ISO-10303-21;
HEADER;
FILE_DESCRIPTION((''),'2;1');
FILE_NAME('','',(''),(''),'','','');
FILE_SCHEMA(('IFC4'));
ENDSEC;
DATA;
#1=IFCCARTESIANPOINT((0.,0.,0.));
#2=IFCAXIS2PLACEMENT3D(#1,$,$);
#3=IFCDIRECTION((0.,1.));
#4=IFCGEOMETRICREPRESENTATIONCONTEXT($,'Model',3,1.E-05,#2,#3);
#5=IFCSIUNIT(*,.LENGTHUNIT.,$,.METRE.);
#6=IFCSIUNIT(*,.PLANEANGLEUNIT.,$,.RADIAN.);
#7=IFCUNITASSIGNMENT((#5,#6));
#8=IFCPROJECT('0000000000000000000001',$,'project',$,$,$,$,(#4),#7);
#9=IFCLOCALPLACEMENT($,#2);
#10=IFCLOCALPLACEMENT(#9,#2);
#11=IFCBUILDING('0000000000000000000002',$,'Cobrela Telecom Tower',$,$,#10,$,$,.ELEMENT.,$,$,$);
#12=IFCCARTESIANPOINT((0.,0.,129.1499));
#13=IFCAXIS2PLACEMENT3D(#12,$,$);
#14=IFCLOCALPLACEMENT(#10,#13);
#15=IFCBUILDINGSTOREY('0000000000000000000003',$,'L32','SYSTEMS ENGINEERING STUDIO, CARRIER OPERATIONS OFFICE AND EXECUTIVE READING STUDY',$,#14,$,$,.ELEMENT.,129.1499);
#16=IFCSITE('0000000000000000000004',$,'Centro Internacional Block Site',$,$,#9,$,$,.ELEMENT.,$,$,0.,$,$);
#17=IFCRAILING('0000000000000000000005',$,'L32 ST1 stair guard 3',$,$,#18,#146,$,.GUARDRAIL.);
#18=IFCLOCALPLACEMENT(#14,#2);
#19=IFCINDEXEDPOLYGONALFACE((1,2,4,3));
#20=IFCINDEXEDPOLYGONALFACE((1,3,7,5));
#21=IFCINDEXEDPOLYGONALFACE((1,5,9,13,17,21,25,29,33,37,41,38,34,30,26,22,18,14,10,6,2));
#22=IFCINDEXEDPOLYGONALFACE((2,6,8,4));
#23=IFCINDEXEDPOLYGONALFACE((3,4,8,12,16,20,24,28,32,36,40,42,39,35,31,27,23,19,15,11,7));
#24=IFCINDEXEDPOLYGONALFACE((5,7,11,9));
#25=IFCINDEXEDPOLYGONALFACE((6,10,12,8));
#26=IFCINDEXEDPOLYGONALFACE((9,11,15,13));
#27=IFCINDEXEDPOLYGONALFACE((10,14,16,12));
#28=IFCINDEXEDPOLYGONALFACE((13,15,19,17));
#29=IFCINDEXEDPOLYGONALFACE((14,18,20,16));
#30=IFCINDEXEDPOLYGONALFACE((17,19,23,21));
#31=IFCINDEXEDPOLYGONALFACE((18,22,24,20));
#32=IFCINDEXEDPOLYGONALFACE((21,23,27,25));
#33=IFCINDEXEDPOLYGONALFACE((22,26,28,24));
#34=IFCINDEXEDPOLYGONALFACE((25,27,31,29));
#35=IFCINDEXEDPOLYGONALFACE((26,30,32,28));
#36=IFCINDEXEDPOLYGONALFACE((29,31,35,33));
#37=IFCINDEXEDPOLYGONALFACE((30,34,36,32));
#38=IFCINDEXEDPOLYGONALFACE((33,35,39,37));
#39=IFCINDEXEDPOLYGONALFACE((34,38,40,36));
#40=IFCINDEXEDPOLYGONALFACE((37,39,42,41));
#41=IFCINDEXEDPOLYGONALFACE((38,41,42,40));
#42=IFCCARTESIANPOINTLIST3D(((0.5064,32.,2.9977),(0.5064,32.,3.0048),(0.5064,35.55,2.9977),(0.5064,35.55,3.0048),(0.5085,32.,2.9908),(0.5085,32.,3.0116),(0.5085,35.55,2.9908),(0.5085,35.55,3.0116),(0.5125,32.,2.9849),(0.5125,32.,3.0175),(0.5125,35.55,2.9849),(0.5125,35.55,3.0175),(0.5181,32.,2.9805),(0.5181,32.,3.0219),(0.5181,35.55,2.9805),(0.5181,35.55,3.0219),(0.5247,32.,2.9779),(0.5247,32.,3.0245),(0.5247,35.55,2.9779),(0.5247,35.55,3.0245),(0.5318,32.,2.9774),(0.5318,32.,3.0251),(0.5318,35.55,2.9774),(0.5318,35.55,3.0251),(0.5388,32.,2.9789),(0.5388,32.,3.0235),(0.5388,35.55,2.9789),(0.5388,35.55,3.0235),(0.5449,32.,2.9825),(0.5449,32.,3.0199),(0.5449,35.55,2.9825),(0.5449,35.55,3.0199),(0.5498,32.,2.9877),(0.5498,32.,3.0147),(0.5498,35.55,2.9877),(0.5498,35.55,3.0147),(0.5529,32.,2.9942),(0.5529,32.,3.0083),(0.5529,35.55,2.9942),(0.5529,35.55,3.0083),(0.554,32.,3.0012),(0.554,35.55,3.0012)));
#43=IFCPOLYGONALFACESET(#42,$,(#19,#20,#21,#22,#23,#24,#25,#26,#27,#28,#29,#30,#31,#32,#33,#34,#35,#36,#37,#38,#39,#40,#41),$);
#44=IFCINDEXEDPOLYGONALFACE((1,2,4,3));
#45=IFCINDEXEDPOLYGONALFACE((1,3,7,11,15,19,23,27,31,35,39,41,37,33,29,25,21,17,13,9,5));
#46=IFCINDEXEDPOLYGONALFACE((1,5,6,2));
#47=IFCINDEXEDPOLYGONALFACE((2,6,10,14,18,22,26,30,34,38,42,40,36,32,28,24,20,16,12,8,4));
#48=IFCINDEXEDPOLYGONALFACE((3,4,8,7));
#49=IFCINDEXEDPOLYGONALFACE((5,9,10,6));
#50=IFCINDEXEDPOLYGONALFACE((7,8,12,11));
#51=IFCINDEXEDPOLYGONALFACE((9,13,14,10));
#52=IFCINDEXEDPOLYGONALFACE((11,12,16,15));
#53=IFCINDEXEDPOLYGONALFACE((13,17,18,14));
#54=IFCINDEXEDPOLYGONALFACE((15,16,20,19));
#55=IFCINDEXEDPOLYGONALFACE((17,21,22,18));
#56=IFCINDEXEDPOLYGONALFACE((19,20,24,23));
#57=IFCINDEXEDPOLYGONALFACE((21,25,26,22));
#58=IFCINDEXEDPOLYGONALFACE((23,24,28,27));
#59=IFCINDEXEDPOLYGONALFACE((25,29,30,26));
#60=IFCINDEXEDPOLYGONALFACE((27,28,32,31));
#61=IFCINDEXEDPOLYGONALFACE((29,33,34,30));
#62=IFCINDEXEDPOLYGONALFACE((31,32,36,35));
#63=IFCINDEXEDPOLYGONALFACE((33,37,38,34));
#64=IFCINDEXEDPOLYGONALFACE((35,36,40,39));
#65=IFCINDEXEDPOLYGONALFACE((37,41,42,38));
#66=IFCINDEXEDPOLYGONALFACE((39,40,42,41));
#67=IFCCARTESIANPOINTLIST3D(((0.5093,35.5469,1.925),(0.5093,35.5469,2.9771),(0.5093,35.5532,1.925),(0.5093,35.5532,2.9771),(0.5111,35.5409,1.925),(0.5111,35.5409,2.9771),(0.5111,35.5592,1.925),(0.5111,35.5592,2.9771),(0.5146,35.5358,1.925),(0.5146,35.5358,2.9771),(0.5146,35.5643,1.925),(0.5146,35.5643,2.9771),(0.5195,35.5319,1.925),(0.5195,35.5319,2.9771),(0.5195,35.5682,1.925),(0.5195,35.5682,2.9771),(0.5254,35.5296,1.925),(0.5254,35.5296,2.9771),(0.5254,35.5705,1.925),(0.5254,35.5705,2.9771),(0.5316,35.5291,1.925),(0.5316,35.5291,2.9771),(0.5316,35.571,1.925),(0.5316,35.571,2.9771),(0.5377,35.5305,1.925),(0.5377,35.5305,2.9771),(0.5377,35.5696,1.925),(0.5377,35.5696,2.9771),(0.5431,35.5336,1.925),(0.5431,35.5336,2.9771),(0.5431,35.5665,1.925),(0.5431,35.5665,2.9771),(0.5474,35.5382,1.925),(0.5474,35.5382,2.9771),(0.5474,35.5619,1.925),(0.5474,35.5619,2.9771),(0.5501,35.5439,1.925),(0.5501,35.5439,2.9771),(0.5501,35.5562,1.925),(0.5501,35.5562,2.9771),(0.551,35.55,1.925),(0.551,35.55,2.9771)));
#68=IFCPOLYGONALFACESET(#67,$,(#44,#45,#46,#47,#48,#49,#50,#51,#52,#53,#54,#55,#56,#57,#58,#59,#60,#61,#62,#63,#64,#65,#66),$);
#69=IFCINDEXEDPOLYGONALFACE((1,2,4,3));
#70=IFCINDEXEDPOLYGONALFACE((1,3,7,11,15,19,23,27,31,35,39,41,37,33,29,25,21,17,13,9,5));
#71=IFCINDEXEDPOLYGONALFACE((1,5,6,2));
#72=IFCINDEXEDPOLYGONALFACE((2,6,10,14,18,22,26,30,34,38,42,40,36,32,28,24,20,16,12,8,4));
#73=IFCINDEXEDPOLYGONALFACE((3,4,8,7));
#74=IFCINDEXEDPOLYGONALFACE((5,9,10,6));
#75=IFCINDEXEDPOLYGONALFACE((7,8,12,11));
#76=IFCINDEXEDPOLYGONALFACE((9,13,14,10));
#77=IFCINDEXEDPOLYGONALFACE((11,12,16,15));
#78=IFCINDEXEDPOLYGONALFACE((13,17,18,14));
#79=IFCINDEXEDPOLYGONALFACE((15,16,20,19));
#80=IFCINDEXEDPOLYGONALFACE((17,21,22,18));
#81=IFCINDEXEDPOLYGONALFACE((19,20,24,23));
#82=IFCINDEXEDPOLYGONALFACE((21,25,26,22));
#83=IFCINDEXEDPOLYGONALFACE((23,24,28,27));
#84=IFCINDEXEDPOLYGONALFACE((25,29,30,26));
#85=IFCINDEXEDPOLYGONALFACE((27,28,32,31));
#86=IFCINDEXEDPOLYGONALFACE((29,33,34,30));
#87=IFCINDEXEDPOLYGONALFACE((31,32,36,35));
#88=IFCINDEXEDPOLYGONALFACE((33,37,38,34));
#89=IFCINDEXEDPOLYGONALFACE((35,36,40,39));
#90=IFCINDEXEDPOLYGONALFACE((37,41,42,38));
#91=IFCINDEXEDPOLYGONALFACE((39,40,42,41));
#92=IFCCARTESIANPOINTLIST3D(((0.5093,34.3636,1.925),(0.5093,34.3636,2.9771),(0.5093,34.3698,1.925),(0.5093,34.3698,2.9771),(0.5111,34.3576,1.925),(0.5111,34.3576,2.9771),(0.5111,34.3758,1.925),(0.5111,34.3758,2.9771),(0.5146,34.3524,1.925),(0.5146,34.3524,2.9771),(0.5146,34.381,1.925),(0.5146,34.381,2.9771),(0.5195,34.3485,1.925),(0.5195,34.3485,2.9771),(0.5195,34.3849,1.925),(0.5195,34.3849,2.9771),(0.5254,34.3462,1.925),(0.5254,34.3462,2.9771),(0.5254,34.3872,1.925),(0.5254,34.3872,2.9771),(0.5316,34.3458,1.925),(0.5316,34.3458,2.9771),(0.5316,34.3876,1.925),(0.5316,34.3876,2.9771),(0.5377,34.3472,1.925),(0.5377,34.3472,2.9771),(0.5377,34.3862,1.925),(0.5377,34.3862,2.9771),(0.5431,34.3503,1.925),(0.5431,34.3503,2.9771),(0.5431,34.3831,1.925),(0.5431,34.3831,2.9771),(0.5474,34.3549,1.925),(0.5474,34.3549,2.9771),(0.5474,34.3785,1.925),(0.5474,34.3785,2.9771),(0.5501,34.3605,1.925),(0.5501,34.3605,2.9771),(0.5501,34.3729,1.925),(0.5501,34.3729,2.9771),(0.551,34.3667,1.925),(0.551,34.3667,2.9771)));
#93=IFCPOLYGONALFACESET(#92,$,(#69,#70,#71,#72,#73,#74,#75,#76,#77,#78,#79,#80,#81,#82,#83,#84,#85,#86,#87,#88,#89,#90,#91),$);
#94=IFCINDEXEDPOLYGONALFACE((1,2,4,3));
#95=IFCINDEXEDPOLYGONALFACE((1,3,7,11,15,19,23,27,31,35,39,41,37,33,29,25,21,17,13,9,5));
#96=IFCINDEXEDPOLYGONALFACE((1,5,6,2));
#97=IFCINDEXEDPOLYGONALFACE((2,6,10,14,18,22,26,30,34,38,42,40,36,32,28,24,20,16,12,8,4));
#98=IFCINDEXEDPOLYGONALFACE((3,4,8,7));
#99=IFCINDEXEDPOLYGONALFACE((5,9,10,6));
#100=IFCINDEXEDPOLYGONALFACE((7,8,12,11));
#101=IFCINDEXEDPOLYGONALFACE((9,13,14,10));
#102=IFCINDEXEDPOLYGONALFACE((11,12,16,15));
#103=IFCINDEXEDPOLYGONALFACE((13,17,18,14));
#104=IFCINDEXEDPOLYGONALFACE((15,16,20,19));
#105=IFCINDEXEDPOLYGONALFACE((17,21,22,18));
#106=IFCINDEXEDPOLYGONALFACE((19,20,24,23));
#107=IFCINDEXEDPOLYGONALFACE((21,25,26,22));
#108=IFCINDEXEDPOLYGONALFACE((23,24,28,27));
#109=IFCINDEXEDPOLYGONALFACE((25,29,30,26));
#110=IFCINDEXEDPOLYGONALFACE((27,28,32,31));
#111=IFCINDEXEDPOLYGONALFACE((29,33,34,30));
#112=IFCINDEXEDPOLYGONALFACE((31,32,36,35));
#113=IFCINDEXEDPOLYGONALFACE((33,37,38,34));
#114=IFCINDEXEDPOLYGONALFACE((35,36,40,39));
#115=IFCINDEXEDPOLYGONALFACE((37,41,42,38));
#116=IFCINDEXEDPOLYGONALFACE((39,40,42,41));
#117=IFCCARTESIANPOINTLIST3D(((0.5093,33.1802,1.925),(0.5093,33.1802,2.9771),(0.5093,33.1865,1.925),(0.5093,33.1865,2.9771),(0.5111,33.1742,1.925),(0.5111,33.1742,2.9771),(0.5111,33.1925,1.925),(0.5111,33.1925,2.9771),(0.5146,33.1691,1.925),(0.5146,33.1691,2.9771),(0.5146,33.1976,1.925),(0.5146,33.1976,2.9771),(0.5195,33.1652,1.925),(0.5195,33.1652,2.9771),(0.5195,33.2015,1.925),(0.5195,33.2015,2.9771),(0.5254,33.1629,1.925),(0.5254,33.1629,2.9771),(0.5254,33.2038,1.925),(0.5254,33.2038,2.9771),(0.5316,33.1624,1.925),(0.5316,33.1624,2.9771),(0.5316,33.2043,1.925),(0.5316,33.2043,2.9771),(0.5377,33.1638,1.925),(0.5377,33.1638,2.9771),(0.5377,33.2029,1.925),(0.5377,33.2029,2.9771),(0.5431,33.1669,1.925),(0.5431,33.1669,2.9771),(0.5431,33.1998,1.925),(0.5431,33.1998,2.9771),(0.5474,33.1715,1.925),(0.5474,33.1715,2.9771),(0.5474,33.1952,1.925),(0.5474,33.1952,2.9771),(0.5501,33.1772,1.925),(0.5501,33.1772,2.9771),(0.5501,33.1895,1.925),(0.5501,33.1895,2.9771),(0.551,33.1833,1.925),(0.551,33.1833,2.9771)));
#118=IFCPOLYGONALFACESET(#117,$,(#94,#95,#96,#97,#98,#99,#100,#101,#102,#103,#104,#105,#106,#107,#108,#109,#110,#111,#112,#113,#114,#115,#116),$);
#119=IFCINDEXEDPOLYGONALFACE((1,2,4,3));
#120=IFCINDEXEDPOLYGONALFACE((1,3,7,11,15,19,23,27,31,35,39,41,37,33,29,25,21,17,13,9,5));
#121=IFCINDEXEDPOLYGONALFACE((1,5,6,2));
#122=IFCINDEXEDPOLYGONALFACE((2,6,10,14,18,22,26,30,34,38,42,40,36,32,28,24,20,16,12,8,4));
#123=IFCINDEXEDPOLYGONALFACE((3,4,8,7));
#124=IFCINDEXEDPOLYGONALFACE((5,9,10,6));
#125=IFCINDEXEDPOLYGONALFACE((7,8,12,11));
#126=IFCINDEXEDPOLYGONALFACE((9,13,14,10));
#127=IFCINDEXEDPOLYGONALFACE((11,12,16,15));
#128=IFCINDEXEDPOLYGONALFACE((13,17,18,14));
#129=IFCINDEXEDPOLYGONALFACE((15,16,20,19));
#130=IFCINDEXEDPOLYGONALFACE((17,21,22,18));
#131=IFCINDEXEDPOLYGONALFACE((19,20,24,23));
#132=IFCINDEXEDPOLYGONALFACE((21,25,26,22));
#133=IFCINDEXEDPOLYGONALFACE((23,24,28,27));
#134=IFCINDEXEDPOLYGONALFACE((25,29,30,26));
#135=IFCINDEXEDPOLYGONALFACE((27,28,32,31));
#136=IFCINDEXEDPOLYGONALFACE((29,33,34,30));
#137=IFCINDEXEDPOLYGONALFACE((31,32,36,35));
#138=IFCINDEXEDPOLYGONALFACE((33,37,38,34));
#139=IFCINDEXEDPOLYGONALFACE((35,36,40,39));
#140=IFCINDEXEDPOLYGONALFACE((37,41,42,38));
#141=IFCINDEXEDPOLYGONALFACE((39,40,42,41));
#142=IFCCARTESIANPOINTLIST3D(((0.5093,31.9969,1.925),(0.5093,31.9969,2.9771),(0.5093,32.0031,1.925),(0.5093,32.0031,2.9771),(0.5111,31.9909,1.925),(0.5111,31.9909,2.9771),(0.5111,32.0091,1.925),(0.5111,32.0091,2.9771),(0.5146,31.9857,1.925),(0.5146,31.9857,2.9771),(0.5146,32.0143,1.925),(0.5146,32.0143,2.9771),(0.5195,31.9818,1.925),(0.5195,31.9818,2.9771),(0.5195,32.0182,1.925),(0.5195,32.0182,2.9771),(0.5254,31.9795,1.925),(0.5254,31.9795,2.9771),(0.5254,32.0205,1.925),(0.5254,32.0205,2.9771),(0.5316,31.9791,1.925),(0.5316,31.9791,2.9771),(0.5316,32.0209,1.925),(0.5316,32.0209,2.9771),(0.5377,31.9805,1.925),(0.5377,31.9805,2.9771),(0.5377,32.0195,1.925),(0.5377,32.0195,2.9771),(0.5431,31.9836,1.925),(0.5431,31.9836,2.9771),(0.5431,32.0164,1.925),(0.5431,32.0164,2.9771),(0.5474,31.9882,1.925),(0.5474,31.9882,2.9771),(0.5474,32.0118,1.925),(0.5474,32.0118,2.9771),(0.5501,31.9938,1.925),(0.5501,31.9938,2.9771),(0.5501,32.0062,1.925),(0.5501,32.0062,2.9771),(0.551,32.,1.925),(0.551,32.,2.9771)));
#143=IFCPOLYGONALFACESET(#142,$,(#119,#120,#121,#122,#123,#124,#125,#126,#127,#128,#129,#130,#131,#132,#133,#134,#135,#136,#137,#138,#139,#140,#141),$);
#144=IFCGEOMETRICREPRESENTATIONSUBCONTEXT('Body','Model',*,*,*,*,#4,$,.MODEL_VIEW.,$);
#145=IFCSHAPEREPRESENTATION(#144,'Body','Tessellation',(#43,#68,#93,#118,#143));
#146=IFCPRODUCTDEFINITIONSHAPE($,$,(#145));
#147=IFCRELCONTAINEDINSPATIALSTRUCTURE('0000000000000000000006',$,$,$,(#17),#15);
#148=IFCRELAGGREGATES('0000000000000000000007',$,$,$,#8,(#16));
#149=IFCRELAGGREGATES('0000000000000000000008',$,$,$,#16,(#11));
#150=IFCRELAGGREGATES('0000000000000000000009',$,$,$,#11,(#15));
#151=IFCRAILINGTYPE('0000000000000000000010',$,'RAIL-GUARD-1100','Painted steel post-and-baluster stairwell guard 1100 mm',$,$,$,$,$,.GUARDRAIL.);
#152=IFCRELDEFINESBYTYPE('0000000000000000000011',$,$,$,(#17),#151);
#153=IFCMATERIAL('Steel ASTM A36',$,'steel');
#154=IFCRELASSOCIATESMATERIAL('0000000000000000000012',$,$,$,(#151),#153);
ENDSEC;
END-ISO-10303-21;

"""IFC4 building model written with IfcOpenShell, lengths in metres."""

from ifc_helpers import new_model, si_unit, direction, frame, origin, origin_2d, place, context, subcontext, project, spatial, circle, extrude, material, type_object, element, save


model = new_model("IFC4")

# Units and contexts
model_context = context("Model", 3, precision=1e-05, world=origin(), true_north=direction((0.0, 1.0)))
body_context = subcontext(model_context, "Body", "Model", "MODEL_VIEW")
ifc_project = project(units=[si_unit("LENGTHUNIT", "METRE"), si_unit("PLANEANGLEUNIT", "RADIAN")], contexts=[model_context])

# Site, building, storey
site_placement = place(None, origin())
site = spatial("IfcSite", under=ifc_project, at=site_placement, Name="Centro Internacional Block Site", CompositionType="ELEMENT", RefElevation=0.0)
building_placement = place(site_placement, origin())
building = spatial("IfcBuilding", under=site, at=building_placement, Name="Cobrela Telecom Tower", CompositionType="ELEMENT")
storey_placement = place(building_placement, frame((0.0, 0.0, 129.1499)))
storey = spatial("IfcBuildingStorey", under=building, at=storey_placement, Name="L32", Description="SYSTEMS ENGINEERING STUDIO, CARRIER OPERATIONS OFFICE AND EXECUTIVE READING STUDY", CompositionType="ELEMENT", Elevation=129.1499)

# Shared definitions
ifc_material_1 = material(Name="Steel ASTM A36", Category="steel")

# Railing
railing_type_1 = type_object("IfcRailingType", Name="RAIL-GUARD-1100", Description="Painted steel post-and-baluster stairwell guard 1100 mm", PredefinedType="GUARDRAIL", material=ifc_material_1)
railing_1_placement = place(storey_placement, frame((0.53, 35.55, 1.925)))
element("IfcRailing", 1, at=railing_1_placement, inside=storey, type_object=railing_type_1, Name="L32 ST1 stair guard 3", PredefinedType="GUARDRAIL", context=body_context, shape_type="SweptSolid", body=[
    extrude(circle(Radius=0.0239, at=origin_2d()), frame((0.0, 0.0, 1.0762), z_axis=(0.0, -1.0, 0.0), x_axis=(1.0, 0.0, 0.0)), (0.0, 0.0, 1.0), 3.55),
    extrude(circle(Radius=0.021, at=origin_2d()), origin(), (0.0, 0.0, 1.0), 1.052),
    extrude(circle(Radius=0.021, at=origin_2d()), frame((0.0, -1.1833, 0.0)), (0.0, 0.0, 1.0), 1.052),
    extrude(circle(Radius=0.021, at=origin_2d()), frame((0.0, -2.3667, 0.0)), (0.0, 0.0, 1.0), 1.052),
    extrude(circle(Radius=0.021, at=origin_2d()), frame((0.0, -3.55, 0.0)), (0.0, 0.0, 1.0), 1.052),
])

save(model, "model.ifc")
